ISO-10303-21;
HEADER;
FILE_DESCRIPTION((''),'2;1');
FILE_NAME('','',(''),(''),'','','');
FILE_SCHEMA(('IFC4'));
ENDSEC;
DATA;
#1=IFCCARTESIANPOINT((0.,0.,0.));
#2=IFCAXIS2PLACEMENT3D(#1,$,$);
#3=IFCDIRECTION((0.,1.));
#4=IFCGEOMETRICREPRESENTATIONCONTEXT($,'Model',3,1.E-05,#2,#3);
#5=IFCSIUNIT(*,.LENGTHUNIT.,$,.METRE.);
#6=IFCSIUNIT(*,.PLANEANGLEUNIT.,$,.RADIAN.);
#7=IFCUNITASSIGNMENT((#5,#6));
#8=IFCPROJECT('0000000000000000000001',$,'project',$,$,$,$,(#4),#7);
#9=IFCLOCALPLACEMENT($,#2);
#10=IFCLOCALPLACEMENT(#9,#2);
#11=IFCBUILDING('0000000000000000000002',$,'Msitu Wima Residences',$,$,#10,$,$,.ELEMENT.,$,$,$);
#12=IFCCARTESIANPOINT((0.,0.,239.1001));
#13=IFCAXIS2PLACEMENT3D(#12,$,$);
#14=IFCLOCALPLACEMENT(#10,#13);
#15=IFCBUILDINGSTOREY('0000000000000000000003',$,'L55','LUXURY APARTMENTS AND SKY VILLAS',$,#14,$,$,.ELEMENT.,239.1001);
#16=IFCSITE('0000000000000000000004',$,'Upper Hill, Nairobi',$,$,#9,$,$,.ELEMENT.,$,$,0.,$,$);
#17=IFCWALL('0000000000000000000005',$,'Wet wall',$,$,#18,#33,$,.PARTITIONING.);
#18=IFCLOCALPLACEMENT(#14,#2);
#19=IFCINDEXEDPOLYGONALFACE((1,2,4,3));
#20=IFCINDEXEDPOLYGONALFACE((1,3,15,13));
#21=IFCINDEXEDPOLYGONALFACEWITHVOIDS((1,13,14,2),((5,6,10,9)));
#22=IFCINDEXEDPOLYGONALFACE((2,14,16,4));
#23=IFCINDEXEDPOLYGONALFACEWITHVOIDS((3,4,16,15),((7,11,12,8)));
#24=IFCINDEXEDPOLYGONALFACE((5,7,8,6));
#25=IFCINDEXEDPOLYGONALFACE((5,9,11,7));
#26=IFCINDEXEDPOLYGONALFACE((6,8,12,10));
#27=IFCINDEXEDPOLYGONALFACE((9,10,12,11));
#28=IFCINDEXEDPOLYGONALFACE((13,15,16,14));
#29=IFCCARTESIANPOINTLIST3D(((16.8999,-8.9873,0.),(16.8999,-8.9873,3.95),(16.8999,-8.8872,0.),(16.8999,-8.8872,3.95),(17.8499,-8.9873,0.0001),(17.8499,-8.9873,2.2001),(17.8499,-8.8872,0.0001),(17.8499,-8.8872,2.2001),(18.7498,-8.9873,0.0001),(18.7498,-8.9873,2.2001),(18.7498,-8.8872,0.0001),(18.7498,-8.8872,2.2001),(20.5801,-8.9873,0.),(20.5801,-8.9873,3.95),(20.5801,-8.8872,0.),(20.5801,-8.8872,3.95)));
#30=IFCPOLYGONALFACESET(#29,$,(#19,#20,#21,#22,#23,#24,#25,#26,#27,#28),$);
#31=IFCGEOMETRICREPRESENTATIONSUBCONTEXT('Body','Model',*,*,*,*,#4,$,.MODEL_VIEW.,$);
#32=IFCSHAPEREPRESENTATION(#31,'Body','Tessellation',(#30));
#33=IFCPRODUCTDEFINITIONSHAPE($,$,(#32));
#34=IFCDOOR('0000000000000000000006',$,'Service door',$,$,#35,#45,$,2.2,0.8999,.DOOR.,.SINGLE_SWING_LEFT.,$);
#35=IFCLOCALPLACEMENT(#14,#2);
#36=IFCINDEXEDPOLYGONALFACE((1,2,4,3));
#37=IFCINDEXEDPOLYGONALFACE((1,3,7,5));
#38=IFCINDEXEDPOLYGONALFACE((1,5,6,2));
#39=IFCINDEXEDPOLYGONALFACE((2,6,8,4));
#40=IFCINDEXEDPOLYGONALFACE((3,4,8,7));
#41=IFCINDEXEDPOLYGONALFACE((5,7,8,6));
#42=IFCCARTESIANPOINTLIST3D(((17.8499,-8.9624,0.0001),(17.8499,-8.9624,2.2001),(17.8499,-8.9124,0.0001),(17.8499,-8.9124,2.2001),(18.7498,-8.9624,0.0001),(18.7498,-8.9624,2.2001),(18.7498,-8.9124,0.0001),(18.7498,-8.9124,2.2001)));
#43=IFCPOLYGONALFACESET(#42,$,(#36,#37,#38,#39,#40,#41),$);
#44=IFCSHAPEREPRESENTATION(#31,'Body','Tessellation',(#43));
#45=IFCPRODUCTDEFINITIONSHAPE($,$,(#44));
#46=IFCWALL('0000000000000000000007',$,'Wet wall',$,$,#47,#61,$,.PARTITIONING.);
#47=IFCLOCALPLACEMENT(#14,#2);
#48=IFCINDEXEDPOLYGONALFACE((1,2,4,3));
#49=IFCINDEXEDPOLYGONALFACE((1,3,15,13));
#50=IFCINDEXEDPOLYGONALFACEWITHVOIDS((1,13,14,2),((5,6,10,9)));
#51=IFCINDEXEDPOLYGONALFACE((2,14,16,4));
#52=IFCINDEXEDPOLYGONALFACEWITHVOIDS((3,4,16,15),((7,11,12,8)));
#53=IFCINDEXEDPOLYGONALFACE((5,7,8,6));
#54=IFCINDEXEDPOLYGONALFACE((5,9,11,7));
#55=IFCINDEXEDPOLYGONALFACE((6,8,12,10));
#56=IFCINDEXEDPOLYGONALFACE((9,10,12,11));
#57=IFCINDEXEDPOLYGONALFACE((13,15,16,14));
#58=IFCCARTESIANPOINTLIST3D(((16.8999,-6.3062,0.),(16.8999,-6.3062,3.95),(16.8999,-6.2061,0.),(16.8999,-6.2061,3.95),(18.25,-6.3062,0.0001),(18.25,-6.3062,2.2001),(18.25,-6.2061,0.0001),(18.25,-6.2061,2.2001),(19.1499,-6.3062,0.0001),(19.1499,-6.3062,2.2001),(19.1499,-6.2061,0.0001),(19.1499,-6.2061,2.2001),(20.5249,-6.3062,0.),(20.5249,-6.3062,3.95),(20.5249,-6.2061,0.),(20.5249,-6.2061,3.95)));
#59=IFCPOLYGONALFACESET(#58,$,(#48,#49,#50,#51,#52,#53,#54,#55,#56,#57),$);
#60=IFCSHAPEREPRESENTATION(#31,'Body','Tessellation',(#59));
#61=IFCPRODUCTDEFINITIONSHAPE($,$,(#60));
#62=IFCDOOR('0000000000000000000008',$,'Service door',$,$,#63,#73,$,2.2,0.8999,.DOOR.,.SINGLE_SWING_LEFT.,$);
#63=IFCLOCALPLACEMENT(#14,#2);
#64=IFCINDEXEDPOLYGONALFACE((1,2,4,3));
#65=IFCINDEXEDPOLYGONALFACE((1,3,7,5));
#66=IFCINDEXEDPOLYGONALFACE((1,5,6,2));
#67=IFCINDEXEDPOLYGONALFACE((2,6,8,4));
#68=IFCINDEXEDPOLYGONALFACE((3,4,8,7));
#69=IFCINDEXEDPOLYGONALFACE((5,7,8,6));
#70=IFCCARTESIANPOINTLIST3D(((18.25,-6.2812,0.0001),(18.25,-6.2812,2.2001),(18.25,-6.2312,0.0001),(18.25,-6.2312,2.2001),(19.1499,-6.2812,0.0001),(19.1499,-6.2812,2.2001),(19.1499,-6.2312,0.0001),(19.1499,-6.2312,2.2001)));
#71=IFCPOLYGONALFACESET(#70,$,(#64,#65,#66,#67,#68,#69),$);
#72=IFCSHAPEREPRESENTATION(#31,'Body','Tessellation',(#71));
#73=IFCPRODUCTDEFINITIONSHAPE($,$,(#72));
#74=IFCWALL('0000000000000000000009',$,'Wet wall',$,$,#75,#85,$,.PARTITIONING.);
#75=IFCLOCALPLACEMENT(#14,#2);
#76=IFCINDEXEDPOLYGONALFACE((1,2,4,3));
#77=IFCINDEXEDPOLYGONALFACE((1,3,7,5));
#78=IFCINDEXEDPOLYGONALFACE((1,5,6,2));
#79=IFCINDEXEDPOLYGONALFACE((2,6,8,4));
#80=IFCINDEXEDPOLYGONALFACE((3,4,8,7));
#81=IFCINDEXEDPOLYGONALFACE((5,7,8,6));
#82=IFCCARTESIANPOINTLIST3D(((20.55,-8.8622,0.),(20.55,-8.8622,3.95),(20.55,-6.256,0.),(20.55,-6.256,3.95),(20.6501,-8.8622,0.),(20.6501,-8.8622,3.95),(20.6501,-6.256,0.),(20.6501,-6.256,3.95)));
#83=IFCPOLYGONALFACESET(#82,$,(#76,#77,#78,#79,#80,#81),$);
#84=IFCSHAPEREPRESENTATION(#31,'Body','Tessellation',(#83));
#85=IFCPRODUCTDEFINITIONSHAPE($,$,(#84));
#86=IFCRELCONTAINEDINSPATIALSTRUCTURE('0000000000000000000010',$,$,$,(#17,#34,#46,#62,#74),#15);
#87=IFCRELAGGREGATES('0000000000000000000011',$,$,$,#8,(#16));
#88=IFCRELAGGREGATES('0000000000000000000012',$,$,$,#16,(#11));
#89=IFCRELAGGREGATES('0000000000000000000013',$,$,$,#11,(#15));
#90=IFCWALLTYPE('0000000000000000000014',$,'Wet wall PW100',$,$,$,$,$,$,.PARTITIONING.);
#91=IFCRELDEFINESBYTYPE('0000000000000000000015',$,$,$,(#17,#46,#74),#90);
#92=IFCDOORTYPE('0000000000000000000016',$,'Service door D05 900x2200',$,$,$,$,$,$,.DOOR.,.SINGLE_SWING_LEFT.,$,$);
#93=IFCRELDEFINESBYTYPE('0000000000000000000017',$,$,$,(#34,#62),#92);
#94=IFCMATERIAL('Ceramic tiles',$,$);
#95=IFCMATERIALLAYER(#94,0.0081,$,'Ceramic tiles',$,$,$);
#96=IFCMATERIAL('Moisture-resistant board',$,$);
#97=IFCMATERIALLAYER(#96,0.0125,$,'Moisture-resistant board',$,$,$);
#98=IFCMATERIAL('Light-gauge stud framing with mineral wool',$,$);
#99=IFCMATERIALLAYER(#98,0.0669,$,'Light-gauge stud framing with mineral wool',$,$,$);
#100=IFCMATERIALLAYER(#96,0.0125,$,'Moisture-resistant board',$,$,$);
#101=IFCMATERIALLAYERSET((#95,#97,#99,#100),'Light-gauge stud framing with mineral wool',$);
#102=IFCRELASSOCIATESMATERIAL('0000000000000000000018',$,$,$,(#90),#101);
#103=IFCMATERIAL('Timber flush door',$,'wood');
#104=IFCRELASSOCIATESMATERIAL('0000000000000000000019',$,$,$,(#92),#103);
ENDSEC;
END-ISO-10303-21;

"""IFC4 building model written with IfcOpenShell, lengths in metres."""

from ifc_helpers import new_model, si_unit, direction, frame, frame_2d, origin, place, context, subcontext, project, spatial, rectangle, extrude, material, layer, layer_set, type_object, element, fill, save


model = new_model("IFC4")

# Units and contexts
model_context = context("Model", 3, precision=1e-05, world=origin(), true_north=direction((0.0, 1.0)))
body_context = subcontext(model_context, "Body", "Model", "MODEL_VIEW")
ifc_project = project(units=[si_unit("LENGTHUNIT", "METRE"), si_unit("PLANEANGLEUNIT", "RADIAN")], contexts=[model_context])

# Site, building, storey
site_placement = place(None, origin())
site = spatial("IfcSite", under=ifc_project, at=site_placement, Name="Upper Hill, Nairobi", CompositionType="ELEMENT", RefElevation=0.0)
building_placement = place(site_placement, origin())
building = spatial("IfcBuilding", under=site, at=building_placement, Name="Msitu Wima Residences", CompositionType="ELEMENT")
storey_placement = place(building_placement, frame((0.0, 0.0, 239.1001)))
storey = spatial("IfcBuildingStorey", under=building, at=storey_placement, Name="L55", Description="LUXURY APARTMENTS AND SKY VILLAS", CompositionType="ELEMENT", Elevation=239.1001)

# Walls, openings, doors
ifc_material_1 = material(Name="Timber flush door", Category="wood")
ifc_material_2 = material(Name="Ceramic tiles")
ifc_layer_1 = layer(ifc_material_2, 0.0081, Name="Ceramic tiles")
ifc_material_3 = material(Name="Moisture-resistant board")
ifc_layer_2 = layer(ifc_material_3, 0.0125, Name="Moisture-resistant board")
ifc_material_4 = material(Name="Light-gauge stud framing with mineral wool")
ifc_layer_3 = layer(ifc_material_4, 0.0669, Name="Light-gauge stud framing with mineral wool")
ifc_layer_4 = layer(ifc_material_3, 0.0125, Name="Moisture-resistant board")
ifc_layer_set_1 = layer_set([ifc_layer_1, ifc_layer_2, ifc_layer_3, ifc_layer_4], Name="Light-gauge stud framing with mineral wool")
wall_type_1 = type_object("IfcWallType", Name="Wet wall PW100", PredefinedType="PARTITIONING", material=ifc_layer_set_1)
wall_1_placement = place(storey_placement, frame((16.8999, -8.9373, 0.0), z_axis=(0.0, 0.0, 1.0), x_axis=(1.0, 0.0, 0.0)))
wall_1 = element("IfcWall", 1, at=wall_1_placement, inside=storey, type_object=wall_type_1, Name="Wet wall", PredefinedType="PARTITIONING", context=body_context, shape_type="SweptSolid", body=[
    extrude(rectangle(XDim=3.6802, YDim=0.1001, at=frame_2d((1.8401, 0.0))), origin(), (0.0, 0.0, 1.0), 3.95),
])
opening_1_placement = place(wall_1_placement, frame((0.95, 0.0, 0.0)))
opening_1 = element("IfcOpeningElement", 2, at=opening_1_placement, cuts=wall_1, PredefinedType="OPENING", context=body_context, shape_type="SweptSolid", body=[
    extrude(rectangle(XDim=0.8999, YDim=2.2, at=frame_2d((0.45, 1.1001))), frame((0.0, 0.0601, 0.0), z_axis=(0.0, -1.0, 0.0), x_axis=(1.0, 0.0, 0.0)), (0.0, 0.0, 1.0), 0.1201),
])
door_type_1 = type_object("IfcDoorType", Name="Service door D05 900x2200", OperationType="SINGLE_SWING_LEFT", PredefinedType="DOOR", material=ifc_material_1)
door_1_placement = place(opening_1_placement, origin())
door_1 = element("IfcDoor", 3, at=door_1_placement, inside=storey, type_object=door_type_1, Name="Service door", OperationType="SINGLE_SWING_LEFT", OverallHeight=2.2, OverallWidth=0.8999, PredefinedType="DOOR", context=body_context, shape_type="SweptSolid", body=[
    extrude(rectangle(XDim=0.8999, YDim=2.2, at=frame_2d((0.45, 1.1001))), frame((0.0, 0.0249, 0.0), z_axis=(0.0, -1.0, 0.0), x_axis=(1.0, 0.0, 0.0)), (0.0, 0.0, 1.0), 0.05),
])
fill(opening_1, door_1)
wall_2_placement = place(storey_placement, frame((16.8999, -6.2561, 0.0), z_axis=(0.0, 0.0, 1.0), x_axis=(1.0, 0.0, 0.0)))
wall_2 = element("IfcWall", 4, at=wall_2_placement, inside=storey, type_object=wall_type_1, Name="Wet wall", PredefinedType="PARTITIONING", context=body_context, shape_type="SweptSolid", body=[
    extrude(rectangle(XDim=3.625, YDim=0.1001, at=frame_2d((1.8125, 0.0))), origin(), (0.0, 0.0, 1.0), 3.95),
])
opening_2_placement = place(wall_2_placement, frame((1.3501, 0.0, 0.0)))
opening_2 = element("IfcOpeningElement", 5, at=opening_2_placement, cuts=wall_2, PredefinedType="OPENING", context=body_context, shape_type="SweptSolid", body=[
    extrude(rectangle(XDim=0.8999, YDim=2.2, at=frame_2d((0.45, 1.1001))), frame((0.0, 0.0601, 0.0), z_axis=(0.0, -1.0, 0.0), x_axis=(1.0, 0.0, 0.0)), (0.0, 0.0, 1.0), 0.1201),
])
door_2_placement = place(opening_2_placement, origin())
door_2 = element("IfcDoor", 6, at=door_2_placement, inside=storey, type_object=door_type_1, Name="Service door", OperationType="SINGLE_SWING_LEFT", OverallHeight=2.2, OverallWidth=0.8999, PredefinedType="DOOR", context=body_context, shape_type="SweptSolid", body=[
    extrude(rectangle(XDim=0.8999, YDim=2.2, at=frame_2d((0.45, 1.1001))), frame((0.0, 0.0249, 0.0), z_axis=(0.0, -1.0, 0.0), x_axis=(1.0, 0.0, 0.0)), (0.0, 0.0, 1.0), 0.05),
])
fill(opening_2, door_2)

# Wall
wall_3_placement = place(storey_placement, frame((20.6001, -8.8623, 0.0), z_axis=(0.0, 0.0, 1.0), x_axis=(0.0, 1.0, 0.0)))
element("IfcWall", 7, at=wall_3_placement, inside=storey, type_object=wall_type_1, Name="Wet wall", PredefinedType="PARTITIONING", context=body_context, shape_type="SweptSolid", body=[
    extrude(rectangle(XDim=2.6062, YDim=0.1001, at=frame_2d((1.3032, 0.0))), origin(), (0.0, 0.0, 1.0), 3.95),
])

save(model, "model.ifc")
